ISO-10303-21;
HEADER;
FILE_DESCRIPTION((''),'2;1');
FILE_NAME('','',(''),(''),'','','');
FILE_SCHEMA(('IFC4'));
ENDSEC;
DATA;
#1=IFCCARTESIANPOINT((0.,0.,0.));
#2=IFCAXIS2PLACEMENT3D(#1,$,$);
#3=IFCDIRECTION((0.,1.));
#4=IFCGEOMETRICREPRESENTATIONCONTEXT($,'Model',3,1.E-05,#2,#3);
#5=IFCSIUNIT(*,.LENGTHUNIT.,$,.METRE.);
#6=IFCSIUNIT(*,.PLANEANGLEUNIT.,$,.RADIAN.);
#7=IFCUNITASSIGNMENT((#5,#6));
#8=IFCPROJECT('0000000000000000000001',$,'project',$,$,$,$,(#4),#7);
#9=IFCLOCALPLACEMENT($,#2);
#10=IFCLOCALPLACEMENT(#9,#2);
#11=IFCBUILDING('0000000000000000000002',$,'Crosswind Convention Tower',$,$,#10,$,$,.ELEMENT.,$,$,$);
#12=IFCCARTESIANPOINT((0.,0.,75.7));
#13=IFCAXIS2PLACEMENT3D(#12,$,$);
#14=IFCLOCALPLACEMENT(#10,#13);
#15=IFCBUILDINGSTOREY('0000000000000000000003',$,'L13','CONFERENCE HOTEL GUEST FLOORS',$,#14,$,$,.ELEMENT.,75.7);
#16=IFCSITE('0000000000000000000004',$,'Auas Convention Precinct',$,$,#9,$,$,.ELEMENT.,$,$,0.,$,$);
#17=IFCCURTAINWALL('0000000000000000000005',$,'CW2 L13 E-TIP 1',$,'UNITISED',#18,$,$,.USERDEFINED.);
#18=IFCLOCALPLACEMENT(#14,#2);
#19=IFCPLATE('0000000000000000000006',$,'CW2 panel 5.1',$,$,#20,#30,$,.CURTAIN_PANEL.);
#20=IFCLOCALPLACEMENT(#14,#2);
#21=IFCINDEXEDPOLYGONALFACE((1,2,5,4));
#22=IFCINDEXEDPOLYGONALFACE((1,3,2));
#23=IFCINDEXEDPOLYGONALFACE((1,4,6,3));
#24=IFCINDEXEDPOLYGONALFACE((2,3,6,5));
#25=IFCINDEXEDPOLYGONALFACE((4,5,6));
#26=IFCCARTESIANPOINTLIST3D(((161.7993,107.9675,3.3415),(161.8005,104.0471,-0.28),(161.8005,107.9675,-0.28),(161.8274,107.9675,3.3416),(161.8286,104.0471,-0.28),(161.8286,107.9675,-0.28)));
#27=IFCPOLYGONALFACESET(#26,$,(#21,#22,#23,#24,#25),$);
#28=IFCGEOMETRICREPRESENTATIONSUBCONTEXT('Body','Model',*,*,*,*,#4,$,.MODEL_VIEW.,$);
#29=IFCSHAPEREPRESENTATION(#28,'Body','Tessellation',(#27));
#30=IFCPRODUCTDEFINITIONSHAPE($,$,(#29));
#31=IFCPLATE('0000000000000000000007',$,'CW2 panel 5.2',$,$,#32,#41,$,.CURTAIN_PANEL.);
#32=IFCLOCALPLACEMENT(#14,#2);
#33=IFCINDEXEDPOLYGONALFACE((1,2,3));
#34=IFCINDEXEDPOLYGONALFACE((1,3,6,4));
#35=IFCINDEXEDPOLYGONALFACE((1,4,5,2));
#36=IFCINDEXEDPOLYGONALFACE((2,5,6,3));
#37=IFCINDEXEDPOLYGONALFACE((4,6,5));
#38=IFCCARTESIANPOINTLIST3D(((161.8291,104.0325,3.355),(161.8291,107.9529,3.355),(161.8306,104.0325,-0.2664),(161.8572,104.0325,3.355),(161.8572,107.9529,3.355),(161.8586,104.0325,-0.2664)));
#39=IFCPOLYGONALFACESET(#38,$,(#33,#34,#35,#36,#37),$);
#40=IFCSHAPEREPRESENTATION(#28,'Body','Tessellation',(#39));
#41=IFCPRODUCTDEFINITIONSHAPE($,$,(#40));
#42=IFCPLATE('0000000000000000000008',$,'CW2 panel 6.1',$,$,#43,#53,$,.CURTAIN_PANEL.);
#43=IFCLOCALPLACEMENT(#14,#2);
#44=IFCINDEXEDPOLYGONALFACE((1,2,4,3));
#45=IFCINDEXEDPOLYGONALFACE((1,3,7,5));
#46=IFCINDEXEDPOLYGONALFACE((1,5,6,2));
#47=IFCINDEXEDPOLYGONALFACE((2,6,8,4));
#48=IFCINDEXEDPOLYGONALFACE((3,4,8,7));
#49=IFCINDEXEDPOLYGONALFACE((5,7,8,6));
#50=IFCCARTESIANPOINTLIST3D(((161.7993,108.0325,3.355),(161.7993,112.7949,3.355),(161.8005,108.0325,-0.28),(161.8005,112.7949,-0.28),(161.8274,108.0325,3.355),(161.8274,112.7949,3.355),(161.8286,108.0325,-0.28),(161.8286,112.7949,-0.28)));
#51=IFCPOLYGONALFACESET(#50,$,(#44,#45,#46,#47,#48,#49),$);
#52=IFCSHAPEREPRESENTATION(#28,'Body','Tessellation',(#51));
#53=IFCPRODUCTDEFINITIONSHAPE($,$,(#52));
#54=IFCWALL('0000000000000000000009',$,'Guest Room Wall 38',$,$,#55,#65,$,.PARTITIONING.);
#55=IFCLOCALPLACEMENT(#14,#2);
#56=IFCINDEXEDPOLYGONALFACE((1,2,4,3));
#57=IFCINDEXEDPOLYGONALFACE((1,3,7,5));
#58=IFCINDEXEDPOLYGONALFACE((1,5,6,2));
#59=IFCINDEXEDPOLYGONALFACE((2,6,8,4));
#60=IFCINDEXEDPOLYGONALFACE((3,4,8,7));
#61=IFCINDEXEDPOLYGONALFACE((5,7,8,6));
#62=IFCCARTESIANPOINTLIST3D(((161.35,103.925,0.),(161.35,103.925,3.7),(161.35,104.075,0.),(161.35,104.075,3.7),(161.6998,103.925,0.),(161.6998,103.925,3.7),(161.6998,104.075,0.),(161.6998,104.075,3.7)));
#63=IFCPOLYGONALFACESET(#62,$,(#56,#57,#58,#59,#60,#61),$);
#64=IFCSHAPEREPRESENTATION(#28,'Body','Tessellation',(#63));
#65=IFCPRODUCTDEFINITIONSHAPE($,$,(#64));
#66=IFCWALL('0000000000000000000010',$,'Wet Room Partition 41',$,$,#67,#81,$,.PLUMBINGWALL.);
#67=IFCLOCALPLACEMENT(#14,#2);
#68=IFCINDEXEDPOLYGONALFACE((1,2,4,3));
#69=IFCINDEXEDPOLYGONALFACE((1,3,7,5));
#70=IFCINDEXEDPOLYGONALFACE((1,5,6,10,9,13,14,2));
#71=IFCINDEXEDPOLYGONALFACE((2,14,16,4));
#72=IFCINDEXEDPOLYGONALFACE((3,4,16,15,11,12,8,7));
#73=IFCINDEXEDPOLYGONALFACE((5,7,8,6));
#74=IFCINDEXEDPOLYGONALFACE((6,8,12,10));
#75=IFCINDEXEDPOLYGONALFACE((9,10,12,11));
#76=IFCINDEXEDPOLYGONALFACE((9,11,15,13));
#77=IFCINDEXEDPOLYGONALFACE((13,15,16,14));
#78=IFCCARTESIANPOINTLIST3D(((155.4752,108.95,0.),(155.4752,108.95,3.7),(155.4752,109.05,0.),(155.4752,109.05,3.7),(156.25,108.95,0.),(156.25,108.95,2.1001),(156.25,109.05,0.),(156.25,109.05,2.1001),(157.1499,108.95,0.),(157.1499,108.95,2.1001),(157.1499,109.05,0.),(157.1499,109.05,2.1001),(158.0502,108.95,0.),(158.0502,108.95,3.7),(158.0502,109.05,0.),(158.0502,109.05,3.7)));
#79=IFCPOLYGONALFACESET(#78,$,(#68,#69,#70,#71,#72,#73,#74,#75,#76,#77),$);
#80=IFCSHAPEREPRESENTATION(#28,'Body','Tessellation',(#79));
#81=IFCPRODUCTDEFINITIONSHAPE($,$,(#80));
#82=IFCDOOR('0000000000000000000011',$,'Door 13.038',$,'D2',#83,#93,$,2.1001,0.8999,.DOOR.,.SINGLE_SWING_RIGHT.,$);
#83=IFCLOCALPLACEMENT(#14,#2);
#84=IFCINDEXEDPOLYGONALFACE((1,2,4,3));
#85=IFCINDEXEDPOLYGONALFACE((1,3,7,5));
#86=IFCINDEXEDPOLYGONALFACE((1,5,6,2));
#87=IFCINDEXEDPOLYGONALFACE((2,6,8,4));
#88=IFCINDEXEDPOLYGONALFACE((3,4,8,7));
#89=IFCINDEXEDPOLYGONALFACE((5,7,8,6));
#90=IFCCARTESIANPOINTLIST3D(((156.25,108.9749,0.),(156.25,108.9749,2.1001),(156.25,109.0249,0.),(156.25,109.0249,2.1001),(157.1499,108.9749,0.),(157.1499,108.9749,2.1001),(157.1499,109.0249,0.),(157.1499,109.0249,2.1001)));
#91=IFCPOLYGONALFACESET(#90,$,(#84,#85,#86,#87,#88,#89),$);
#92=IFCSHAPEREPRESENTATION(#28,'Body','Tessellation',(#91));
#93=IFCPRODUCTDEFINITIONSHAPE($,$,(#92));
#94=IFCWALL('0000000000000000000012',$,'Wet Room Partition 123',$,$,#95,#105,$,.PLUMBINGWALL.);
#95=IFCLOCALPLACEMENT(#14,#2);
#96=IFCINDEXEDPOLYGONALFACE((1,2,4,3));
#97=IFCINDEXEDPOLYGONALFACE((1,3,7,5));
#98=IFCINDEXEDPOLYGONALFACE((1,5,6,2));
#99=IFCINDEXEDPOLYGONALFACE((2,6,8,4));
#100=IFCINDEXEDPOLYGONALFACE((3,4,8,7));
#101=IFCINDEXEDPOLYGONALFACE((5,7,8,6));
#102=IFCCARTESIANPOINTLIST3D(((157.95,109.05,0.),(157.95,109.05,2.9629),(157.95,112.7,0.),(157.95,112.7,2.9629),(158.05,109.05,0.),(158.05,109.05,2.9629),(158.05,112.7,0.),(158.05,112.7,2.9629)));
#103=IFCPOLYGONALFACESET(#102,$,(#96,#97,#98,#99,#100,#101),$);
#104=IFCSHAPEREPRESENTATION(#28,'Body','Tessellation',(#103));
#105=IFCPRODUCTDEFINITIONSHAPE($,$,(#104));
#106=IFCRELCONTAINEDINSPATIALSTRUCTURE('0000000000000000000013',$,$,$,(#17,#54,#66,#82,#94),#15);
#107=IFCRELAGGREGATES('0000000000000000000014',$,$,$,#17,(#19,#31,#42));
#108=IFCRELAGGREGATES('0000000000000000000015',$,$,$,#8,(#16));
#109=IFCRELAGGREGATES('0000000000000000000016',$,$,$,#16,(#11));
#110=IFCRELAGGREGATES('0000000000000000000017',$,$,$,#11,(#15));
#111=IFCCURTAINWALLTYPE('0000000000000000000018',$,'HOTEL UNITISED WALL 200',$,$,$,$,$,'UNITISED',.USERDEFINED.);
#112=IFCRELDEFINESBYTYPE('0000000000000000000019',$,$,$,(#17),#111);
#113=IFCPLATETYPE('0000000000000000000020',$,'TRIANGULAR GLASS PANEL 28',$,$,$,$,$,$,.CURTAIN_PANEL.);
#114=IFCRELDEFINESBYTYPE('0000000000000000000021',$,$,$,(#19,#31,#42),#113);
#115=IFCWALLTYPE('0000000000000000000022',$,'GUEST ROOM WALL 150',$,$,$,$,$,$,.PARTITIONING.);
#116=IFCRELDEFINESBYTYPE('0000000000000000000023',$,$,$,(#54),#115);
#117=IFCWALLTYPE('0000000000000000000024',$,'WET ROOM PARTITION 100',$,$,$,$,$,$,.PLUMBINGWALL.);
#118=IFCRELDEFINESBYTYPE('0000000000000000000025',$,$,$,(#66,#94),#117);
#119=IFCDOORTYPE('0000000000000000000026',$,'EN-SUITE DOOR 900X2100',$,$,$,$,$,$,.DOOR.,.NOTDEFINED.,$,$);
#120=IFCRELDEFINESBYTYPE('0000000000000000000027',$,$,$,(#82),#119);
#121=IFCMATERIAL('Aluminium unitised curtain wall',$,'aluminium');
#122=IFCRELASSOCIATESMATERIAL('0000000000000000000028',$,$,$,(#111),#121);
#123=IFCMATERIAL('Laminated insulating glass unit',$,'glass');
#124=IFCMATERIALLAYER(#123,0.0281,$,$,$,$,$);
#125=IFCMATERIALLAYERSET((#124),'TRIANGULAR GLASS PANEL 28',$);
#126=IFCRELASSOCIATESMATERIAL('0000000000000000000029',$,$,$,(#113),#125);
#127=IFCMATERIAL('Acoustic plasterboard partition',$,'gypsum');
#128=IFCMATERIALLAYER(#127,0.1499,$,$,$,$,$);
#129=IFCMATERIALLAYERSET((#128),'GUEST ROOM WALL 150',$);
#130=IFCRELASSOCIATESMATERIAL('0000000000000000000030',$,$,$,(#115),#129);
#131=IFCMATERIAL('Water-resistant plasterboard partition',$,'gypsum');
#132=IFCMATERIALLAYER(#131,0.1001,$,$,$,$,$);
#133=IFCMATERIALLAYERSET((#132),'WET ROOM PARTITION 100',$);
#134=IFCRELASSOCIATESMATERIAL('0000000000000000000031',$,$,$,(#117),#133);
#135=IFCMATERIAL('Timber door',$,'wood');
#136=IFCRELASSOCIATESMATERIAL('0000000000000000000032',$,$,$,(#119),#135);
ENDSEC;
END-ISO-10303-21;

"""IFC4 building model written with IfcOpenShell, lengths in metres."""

from ifc_helpers import new_model, si_unit, direction, frame, frame_2d, origin, place, context, subcontext, project, spatial, polyline, rectangle, outline, extrude, material, layer, layer_set, type_object, element, fill, aggregate, save


model = new_model("IFC4")

# Units and contexts
model_context = context("Model", 3, precision=1e-05, world=origin(), true_north=direction((0.0, 1.0)))
body_context = subcontext(model_context, "Body", "Model", "MODEL_VIEW")
ifc_project = project(units=[si_unit("LENGTHUNIT", "METRE"), si_unit("PLANEANGLEUNIT", "RADIAN")], contexts=[model_context])

# Site, building, storey
site_placement = place(None, origin())
site = spatial("IfcSite", under=ifc_project, at=site_placement, Name="Auas Convention Precinct", CompositionType="ELEMENT", RefElevation=0.0)
building_placement = place(site_placement, origin())
building = spatial("IfcBuilding", under=site, at=building_placement, Name="Crosswind Convention Tower", CompositionType="ELEMENT")
storey_placement = place(building_placement, frame((0.0, 0.0, 75.7)))
storey = spatial("IfcBuildingStorey", under=building, at=storey_placement, Name="L13", Description="CONFERENCE HOTEL GUEST FLOORS", CompositionType="ELEMENT", Elevation=75.7)

# Shared definitions
ifc_material_1 = material(Name="Aluminium unitised curtain wall", Category="aluminium")

# Curtain wall
curtain_wall_type_1 = type_object("IfcCurtainWallType", Name="HOTEL UNITISED WALL 200", ElementType="UNITISED", PredefinedType="USERDEFINED", material=ifc_material_1)
curtain_wall_1_placement = place(storey_placement, origin())
curtain_wall_1 = element("IfcCurtainWall", 1, at=curtain_wall_1_placement, inside=storey, type_object=curtain_wall_type_1, Name="CW2 L13 E-TIP 1", ObjectType="UNITISED", PredefinedType="USERDEFINED")

# Plates
ifc_material_2 = material(Name="Laminated insulating glass unit", Category="glass")
ifc_layer_1 = layer(ifc_material_2, 0.0281)
ifc_layer_set_1 = layer_set([ifc_layer_1], Name="TRIANGULAR GLASS PANEL 28")
plate_type_1 = type_object("IfcPlateType", Name="TRIANGULAR GLASS PANEL 28", PredefinedType="CURTAIN_PANEL", material=ifc_layer_set_1)
plate_1_placement = place(storey_placement, frame((161.8286, 107.9675, -0.28), z_axis=(1.0, 0.0, 0.000337), x_axis=(-0.000337, 0.0, 1.0)))
plate_1 = element("IfcPlate", 2, at=plate_1_placement, type_object=plate_type_1, Name="CW2 panel 5.1", PredefinedType="CURTAIN_PANEL", context=body_context, shape_type="SweptSolid", body=[
    extrude(outline(polyline([(0.0, 0.0), (3.6216, 0.0), (0.0, 3.9204), (0.0, 0.0)])), origin(), (0.0, 0.0, -1.0), 0.0281),
])
plate_2_placement = place(storey_placement, frame((161.8572, 104.0325, 3.355), z_axis=(1.0, 0.0, 0.000405), x_axis=(0.000405, 0.0, -1.0)))
plate_2 = element("IfcPlate", 3, at=plate_2_placement, type_object=plate_type_1, Name="CW2 panel 5.2", PredefinedType="CURTAIN_PANEL", context=body_context, shape_type="SweptSolid", body=[
    extrude(outline(polyline([(0.0, 0.0), (3.6213, 0.0), (0.0, 3.9204), (0.0, 0.0)])), origin(), (0.0, 0.0, -1.0), 0.0281),
])
plate_3_placement = place(storey_placement, frame((161.8286, 108.0325, -0.28), z_axis=(1.0, 0.0, 0.000336), x_axis=(0.0, 1.0, 0.0)))
plate_3 = element("IfcPlate", 4, at=plate_3_placement, type_object=plate_type_1, Name="CW2 panel 6.1", PredefinedType="CURTAIN_PANEL", context=body_context, shape_type="SweptSolid", body=[
    extrude(outline(polyline([(0.0, 0.0), (4.7625, 0.0), (4.7625, 3.635), (0.0, 3.635), (0.0, 0.0)])), origin(), (0.0, 0.0, -1.0), 0.0281),
])
aggregate(curtain_wall_1, [plate_1, plate_2, plate_3])

# Wall
ifc_material_3 = material(Name="Acoustic plasterboard partition", Category="gypsum")
ifc_layer_2 = layer(ifc_material_3, 0.1499)
ifc_layer_set_2 = layer_set([ifc_layer_2], Name="GUEST ROOM WALL 150")
wall_type_1 = type_object("IfcWallType", Name="GUEST ROOM WALL 150", PredefinedType="PARTITIONING", material=ifc_layer_set_2)
wall_1_placement = place(storey_placement, frame((161.3501, 104.0, 0.0), z_axis=(0.0, 0.0, 1.0), x_axis=(1.0, 0.0, 0.0)))
element("IfcWall", 5, at=wall_1_placement, inside=storey, type_object=wall_type_1, Name="Guest Room Wall 38", PredefinedType="PARTITIONING", context=body_context, shape_type="SweptSolid", body=[
    extrude(rectangle(XDim=0.3499, YDim=0.1499, at=frame_2d((0.1748, 0.0))), origin(), (0.0, 0.0, 1.0), 3.7),
])

# Wall, opening, door
ifc_material_4 = material(Name="Water-resistant plasterboard partition", Category="gypsum")
ifc_layer_3 = layer(ifc_material_4, 0.1001)
ifc_layer_set_3 = layer_set([ifc_layer_3], Name="WET ROOM PARTITION 100")
wall_type_2 = type_object("IfcWallType", Name="WET ROOM PARTITION 100", PredefinedType="PLUMBINGWALL", material=ifc_layer_set_3)
wall_2_placement = place(storey_placement, frame((155.4751, 109.0, 0.0), z_axis=(0.0, 0.0, 1.0), x_axis=(1.0, 0.0, 0.0)))
wall_2 = element("IfcWall", 6, at=wall_2_placement, inside=storey, type_object=wall_type_2, Name="Wet Room Partition 41", PredefinedType="PLUMBINGWALL", context=body_context, shape_type="SweptSolid", body=[
    extrude(rectangle(XDim=2.575, YDim=0.1001, at=frame_2d((1.2876, 0.0))), origin(), (0.0, 0.0, 1.0), 3.7),
])
opening_placement = place(wall_2_placement, frame((0.7749, 0.0, 0.0)))
opening = element("IfcOpeningElement", 7, at=opening_placement, cuts=wall_2, PredefinedType="OPENING", context=body_context, shape_type="SweptSolid", body=[
    extrude(rectangle(XDim=0.8999, YDim=2.1001, at=frame_2d((0.45, 1.05))), frame((0.0, 0.0601, 0.0), z_axis=(0.0, -1.0, 0.0), x_axis=(1.0, 0.0, 0.0)), (0.0, 0.0, 1.0), 0.1201),
])
ifc_material_5 = material(Name="Timber door", Category="wood")
door_type = type_object("IfcDoorType", Name="EN-SUITE DOOR 900X2100", OperationType="NOTDEFINED", PredefinedType="DOOR", material=ifc_material_5)
door_placement = place(opening_placement, origin())
door = element("IfcDoor", 8, at=door_placement, inside=storey, type_object=door_type, Name="Door 13.038", ObjectType="D2", OperationType="SINGLE_SWING_RIGHT", OverallHeight=2.1001, OverallWidth=0.8999, PredefinedType="DOOR", context=body_context, shape_type="SweptSolid", body=[
    extrude(rectangle(XDim=0.8999, YDim=2.1001, at=frame_2d((0.45, 1.05))), frame((0.0, 0.0249, 0.0), z_axis=(0.0, -1.0, 0.0), x_axis=(1.0, 0.0, 0.0)), (0.0, 0.0, 1.0), 0.05),
])
fill(opening, door)

# Wall
wall_3_placement = place(storey_placement, frame((158.0, 109.05, 0.0), z_axis=(0.0, 0.0, 1.0), x_axis=(0.0, 1.0, 0.0)))
element("IfcWall", 9, at=wall_3_placement, inside=storey, type_object=wall_type_2, Name="Wet Room Partition 123", PredefinedType="PLUMBINGWALL", context=body_context, shape_type="SweptSolid", body=[
    extrude(rectangle(XDim=3.6499, YDim=0.1001, at=frame_2d((1.825, 0.0))), origin(), (0.0, 0.0, 1.0), 2.9629),
])

save(model, "model.ifc")
